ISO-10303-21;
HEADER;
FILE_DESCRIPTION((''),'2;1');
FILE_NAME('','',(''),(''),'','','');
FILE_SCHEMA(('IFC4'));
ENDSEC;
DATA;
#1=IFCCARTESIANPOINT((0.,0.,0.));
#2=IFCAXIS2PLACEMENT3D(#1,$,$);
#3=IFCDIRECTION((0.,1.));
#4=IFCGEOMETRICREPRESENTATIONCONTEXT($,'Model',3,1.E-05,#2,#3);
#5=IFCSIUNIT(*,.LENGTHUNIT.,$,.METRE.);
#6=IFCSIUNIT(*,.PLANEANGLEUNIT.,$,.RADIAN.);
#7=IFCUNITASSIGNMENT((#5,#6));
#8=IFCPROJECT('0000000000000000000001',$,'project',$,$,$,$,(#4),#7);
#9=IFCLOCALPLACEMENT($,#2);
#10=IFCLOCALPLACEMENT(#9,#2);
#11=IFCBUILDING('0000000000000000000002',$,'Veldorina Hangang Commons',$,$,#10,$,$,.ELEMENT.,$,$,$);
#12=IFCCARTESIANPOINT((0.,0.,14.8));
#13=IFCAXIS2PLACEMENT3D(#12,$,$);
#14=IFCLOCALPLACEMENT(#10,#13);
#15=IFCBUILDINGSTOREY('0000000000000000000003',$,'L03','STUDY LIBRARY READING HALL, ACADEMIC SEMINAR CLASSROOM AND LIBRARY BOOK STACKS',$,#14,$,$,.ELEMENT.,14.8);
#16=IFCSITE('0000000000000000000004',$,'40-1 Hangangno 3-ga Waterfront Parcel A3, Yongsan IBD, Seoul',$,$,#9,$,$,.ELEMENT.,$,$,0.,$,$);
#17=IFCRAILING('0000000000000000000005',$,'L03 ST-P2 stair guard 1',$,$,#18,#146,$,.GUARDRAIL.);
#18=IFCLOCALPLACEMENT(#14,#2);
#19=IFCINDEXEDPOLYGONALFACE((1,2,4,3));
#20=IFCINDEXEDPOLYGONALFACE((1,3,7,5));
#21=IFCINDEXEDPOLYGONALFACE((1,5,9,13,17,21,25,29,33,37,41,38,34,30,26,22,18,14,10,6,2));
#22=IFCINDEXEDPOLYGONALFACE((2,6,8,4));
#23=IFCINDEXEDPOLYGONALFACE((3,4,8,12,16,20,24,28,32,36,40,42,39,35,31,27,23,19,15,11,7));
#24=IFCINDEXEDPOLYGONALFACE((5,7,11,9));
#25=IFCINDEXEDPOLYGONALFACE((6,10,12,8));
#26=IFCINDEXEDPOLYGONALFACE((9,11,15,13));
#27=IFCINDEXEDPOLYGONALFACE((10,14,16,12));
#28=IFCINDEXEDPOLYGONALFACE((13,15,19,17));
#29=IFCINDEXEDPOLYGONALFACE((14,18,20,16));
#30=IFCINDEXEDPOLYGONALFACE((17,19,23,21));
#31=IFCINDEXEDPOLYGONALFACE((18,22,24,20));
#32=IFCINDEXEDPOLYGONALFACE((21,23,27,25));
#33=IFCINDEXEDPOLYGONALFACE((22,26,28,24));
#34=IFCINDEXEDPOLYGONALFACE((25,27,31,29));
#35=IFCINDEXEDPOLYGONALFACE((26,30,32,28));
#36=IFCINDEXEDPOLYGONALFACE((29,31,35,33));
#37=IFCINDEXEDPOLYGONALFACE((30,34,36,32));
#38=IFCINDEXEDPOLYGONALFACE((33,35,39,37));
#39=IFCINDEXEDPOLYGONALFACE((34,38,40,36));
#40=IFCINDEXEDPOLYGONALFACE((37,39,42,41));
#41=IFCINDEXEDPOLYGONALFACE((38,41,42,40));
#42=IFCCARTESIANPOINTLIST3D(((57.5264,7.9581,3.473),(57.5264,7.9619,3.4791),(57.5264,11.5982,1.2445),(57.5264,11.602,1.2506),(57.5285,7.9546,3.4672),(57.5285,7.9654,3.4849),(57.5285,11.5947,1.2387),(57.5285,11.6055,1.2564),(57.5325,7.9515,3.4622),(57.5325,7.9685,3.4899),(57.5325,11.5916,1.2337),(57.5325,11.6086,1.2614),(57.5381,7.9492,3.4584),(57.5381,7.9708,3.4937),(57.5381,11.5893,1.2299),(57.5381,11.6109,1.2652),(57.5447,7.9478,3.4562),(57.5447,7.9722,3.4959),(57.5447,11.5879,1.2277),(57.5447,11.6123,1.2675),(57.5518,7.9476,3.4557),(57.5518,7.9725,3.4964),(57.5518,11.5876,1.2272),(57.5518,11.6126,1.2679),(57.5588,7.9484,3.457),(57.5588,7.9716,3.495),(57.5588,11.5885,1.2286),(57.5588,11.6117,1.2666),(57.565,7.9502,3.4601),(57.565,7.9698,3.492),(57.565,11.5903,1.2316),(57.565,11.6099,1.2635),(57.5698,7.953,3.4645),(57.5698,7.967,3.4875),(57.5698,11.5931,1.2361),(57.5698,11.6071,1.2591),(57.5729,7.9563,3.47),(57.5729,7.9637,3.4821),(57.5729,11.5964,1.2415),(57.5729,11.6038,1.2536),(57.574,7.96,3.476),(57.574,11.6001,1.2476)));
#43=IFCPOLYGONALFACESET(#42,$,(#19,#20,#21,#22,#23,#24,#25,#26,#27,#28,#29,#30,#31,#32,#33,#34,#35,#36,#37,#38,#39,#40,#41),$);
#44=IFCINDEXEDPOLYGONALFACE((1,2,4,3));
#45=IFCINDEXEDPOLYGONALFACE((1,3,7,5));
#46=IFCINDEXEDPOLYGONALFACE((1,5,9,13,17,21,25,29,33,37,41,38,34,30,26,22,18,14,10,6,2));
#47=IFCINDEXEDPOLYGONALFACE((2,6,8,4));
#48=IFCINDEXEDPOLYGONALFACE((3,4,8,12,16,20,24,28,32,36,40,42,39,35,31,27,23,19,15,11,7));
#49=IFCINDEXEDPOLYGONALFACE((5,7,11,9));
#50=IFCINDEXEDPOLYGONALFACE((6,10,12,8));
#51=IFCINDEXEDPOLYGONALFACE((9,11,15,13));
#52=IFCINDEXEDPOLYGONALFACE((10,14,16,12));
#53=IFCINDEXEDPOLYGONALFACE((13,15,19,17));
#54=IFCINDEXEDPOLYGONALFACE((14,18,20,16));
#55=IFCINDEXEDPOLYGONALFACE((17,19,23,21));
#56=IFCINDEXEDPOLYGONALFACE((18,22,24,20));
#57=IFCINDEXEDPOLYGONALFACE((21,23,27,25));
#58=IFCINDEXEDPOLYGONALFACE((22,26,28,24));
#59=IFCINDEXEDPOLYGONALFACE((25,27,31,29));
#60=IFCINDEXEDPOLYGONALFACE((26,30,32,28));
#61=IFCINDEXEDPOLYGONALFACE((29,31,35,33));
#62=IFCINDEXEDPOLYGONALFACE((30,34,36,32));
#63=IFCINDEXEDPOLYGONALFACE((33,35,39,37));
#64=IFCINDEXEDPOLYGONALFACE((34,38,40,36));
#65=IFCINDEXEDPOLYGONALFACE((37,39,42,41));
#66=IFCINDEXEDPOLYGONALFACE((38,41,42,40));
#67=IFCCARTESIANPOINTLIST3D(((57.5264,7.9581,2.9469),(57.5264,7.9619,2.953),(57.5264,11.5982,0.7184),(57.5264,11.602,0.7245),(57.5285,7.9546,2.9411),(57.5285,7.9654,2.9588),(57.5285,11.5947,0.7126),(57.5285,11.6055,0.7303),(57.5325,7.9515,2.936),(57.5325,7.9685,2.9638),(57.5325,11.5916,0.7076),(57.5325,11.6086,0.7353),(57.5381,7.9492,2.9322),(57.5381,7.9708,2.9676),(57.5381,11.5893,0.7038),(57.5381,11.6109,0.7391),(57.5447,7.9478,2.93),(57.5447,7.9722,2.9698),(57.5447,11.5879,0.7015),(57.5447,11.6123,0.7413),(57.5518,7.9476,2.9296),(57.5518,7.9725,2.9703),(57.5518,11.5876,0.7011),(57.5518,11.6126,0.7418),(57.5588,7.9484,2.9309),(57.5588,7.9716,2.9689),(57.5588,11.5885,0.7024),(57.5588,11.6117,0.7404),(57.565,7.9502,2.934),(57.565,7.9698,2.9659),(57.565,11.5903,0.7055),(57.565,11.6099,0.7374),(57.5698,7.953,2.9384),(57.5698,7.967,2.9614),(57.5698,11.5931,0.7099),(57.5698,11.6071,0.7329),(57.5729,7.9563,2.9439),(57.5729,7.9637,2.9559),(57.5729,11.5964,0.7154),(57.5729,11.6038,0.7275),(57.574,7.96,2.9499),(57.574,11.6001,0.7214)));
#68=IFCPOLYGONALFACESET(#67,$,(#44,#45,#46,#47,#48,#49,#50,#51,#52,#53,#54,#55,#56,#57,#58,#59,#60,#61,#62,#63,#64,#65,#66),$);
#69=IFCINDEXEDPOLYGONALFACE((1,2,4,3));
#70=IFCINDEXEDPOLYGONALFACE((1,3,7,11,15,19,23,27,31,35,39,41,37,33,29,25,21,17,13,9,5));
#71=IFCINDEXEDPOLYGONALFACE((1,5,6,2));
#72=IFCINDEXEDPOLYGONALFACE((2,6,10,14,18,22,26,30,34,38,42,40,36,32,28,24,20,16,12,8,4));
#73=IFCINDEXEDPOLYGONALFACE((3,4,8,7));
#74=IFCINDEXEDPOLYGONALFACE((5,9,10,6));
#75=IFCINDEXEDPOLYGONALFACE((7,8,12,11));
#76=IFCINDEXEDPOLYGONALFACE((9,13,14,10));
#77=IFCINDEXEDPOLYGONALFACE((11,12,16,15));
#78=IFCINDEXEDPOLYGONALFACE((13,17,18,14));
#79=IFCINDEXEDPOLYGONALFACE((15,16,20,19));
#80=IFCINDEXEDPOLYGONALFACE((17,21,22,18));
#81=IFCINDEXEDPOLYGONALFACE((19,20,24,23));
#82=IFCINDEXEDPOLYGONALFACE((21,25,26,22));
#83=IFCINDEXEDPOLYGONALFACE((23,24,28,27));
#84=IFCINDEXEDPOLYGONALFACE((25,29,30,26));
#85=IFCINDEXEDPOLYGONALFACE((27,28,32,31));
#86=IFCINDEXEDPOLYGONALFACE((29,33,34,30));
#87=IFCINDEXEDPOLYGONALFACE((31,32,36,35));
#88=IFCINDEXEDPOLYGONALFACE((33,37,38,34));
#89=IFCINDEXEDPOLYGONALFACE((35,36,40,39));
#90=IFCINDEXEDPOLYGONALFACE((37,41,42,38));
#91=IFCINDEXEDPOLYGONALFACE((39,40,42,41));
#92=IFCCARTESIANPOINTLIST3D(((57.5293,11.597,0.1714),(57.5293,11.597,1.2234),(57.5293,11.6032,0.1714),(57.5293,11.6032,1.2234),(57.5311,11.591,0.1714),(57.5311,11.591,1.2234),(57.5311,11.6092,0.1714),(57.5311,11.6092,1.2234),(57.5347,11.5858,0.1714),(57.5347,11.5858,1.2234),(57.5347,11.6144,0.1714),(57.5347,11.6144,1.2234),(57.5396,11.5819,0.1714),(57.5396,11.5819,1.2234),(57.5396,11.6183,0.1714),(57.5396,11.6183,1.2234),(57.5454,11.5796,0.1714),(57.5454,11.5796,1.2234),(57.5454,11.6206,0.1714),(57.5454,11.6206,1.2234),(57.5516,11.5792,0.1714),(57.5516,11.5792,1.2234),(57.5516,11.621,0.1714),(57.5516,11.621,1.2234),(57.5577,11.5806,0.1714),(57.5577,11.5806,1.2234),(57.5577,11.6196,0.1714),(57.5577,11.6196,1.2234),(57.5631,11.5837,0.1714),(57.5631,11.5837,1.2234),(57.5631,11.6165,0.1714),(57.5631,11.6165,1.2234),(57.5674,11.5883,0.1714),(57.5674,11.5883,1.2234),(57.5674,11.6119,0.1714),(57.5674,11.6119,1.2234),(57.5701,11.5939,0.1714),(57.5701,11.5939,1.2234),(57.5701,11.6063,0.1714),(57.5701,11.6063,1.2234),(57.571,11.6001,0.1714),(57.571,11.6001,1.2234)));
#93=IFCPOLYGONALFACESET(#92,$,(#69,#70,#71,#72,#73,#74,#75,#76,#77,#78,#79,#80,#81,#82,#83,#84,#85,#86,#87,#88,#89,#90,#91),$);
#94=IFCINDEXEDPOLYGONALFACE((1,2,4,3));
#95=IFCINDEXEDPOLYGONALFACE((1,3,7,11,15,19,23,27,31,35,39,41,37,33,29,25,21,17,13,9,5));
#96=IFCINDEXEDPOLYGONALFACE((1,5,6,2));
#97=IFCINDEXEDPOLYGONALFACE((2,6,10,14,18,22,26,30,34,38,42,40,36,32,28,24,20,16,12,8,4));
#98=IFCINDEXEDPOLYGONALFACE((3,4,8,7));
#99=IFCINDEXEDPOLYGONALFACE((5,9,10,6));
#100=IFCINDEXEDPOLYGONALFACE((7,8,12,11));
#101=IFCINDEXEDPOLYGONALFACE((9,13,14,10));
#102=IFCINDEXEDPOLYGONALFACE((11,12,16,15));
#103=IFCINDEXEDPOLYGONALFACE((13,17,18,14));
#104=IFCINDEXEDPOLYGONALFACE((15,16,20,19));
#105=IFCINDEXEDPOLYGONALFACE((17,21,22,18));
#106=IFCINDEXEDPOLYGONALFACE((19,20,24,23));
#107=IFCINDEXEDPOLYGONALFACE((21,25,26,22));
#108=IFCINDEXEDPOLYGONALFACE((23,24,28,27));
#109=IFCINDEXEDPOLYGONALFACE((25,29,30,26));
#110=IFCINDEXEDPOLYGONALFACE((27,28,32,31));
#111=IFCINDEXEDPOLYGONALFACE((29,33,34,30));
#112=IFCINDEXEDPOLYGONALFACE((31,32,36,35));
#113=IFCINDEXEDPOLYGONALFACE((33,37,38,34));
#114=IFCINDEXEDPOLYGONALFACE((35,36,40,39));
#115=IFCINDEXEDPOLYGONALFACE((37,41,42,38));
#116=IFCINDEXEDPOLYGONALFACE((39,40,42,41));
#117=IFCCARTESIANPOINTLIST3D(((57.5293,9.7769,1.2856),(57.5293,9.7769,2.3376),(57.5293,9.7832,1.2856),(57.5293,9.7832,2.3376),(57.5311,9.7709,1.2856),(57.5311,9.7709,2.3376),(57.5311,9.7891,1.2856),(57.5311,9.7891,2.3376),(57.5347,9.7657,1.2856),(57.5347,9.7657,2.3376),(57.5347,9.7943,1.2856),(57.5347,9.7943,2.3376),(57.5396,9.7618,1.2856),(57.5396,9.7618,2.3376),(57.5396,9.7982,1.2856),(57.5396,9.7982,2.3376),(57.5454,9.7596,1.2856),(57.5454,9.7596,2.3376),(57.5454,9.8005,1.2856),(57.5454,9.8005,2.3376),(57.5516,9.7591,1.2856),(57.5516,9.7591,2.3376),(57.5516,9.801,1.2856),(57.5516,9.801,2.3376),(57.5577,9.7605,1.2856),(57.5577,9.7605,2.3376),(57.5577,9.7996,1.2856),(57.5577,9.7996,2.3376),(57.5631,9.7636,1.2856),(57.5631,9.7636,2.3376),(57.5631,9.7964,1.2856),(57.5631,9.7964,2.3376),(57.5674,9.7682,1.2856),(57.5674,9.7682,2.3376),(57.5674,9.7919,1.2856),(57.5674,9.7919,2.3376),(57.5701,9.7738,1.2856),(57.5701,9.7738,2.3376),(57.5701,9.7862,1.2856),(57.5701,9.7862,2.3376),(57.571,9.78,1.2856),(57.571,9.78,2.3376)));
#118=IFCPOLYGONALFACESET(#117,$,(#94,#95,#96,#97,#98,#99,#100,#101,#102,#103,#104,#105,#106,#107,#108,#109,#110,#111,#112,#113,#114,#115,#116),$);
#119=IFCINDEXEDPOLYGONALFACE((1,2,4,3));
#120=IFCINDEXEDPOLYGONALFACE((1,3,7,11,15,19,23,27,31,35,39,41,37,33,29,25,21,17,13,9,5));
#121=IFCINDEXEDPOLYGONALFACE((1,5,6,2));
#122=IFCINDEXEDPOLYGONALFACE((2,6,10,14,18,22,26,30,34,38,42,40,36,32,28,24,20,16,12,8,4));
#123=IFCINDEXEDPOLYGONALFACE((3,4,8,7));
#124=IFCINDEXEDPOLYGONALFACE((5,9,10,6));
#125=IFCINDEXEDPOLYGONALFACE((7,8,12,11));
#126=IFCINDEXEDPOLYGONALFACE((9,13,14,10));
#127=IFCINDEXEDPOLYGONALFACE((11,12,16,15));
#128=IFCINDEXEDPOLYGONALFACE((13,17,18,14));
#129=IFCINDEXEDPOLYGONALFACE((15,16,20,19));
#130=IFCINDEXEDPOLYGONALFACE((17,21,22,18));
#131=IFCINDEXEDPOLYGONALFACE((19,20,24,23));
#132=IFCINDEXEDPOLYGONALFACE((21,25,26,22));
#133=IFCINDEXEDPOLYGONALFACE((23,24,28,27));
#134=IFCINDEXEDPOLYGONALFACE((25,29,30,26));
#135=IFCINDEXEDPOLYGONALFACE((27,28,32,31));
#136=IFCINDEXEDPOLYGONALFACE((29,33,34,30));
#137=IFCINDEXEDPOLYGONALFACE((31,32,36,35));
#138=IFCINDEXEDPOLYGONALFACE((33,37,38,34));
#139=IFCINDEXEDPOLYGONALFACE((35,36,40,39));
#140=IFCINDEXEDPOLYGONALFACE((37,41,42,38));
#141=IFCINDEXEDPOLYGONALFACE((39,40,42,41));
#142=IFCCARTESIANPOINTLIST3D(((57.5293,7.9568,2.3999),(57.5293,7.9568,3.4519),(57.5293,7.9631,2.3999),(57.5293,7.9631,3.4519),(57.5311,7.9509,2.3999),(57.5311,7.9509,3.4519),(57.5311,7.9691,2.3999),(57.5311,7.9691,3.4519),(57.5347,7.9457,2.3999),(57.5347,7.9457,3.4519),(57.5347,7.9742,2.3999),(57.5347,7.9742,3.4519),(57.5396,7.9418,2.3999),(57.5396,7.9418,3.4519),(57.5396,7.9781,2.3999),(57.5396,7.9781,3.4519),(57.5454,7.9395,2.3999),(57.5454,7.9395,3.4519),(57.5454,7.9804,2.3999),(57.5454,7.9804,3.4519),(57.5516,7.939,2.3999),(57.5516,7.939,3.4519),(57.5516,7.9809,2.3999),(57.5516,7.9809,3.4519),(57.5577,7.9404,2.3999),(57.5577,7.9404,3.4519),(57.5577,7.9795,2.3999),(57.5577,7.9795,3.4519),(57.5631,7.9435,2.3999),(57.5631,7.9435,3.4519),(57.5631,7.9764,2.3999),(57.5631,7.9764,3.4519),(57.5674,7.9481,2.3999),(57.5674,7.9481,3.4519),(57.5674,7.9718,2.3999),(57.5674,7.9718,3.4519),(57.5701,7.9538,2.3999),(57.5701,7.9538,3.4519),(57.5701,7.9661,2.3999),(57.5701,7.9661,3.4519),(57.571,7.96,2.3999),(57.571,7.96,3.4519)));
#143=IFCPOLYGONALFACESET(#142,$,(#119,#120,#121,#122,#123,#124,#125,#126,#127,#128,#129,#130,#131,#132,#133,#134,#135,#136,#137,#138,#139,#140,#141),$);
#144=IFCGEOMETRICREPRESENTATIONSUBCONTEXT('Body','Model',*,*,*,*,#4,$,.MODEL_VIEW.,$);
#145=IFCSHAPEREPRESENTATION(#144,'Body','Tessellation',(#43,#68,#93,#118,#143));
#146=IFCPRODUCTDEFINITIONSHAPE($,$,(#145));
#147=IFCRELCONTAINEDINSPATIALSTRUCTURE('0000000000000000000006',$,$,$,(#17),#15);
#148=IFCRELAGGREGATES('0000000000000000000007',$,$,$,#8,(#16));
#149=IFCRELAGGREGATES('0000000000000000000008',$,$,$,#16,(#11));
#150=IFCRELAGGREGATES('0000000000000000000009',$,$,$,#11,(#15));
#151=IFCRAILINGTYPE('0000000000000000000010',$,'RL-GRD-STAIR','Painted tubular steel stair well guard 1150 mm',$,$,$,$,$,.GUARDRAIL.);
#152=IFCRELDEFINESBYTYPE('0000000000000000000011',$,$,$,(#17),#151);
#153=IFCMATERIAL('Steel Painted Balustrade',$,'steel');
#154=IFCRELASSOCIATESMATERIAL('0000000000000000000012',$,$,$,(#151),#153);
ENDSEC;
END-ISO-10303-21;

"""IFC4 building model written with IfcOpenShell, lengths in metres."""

from ifc_helpers import new_model, si_unit, direction, frame, origin, origin_2d, place, context, subcontext, project, spatial, circle, extrude, material, type_object, element, save


model = new_model("IFC4")

# Units and contexts
model_context = context("Model", 3, precision=1e-05, world=origin(), true_north=direction((0.0, 1.0)))
body_context = subcontext(model_context, "Body", "Model", "MODEL_VIEW")
ifc_project = project(units=[si_unit("LENGTHUNIT", "METRE"), si_unit("PLANEANGLEUNIT", "RADIAN")], contexts=[model_context])

# Site, building, storey
site_placement = place(None, origin())
site = spatial("IfcSite", under=ifc_project, at=site_placement, Name="40-1 Hangangno 3-ga Waterfront Parcel A3, Yongsan IBD, Seoul", CompositionType="ELEMENT", RefElevation=0.0)
building_placement = place(site_placement, origin())
building = spatial("IfcBuilding", under=site, at=building_placement, Name="Veldorina Hangang Commons", CompositionType="ELEMENT")
storey_placement = place(building_placement, frame((0.0, 0.0, 14.8)))
storey = spatial("IfcBuildingStorey", under=building, at=storey_placement, Name="L03", Description="STUDY LIBRARY READING HALL, ACADEMIC SEMINAR CLASSROOM AND LIBRARY BOOK STACKS", CompositionType="ELEMENT", Elevation=14.8)

# Railing
ifc_material_1 = material(Name="Steel Painted Balustrade", Category="steel")
railing_type_1 = type_object("IfcRailingType", Name="RL-GRD-STAIR", Description="Painted tubular steel stair well guard 1150 mm", PredefinedType="GUARDRAIL", material=ifc_material_1)
railing_1_placement = place(storey_placement, frame((57.55, 11.6001, 0.1714)))
element("IfcRailing", 1, at=railing_1_placement, inside=storey, type_object=railing_type_1, Name="L03 ST-P2 stair guard 1", PredefinedType="GUARDRAIL", context=body_context, shape_type="SweptSolid", body=[
    extrude(circle(Radius=0.0239, at=origin_2d()), frame((0.0, 0.0, 1.0762), z_axis=(0.0, -0.852866, 0.52213), x_axis=(1.0, 0.0, 0.0)), (0.0, 0.0, 1.0), 4.2681),
    extrude(circle(Radius=0.0239, at=origin_2d()), frame((0.0, 0.0, 0.55), z_axis=(0.0, -0.852866, 0.52213), x_axis=(1.0, 0.0, 0.0)), (0.0, 0.0, 1.0), 4.2681),
    extrude(circle(Radius=0.021, at=origin_2d()), origin(), (0.0, 0.0, 1.0), 1.052),
    extrude(circle(Radius=0.021, at=origin_2d()), frame((0.0, -1.8201, 1.1143)), (0.0, 0.0, 1.0), 1.052),
    extrude(circle(Radius=0.021, at=origin_2d()), frame((0.0, -3.6401, 2.2285)), (0.0, 0.0, 1.0), 1.052),
])

save(model, "model.ifc")
